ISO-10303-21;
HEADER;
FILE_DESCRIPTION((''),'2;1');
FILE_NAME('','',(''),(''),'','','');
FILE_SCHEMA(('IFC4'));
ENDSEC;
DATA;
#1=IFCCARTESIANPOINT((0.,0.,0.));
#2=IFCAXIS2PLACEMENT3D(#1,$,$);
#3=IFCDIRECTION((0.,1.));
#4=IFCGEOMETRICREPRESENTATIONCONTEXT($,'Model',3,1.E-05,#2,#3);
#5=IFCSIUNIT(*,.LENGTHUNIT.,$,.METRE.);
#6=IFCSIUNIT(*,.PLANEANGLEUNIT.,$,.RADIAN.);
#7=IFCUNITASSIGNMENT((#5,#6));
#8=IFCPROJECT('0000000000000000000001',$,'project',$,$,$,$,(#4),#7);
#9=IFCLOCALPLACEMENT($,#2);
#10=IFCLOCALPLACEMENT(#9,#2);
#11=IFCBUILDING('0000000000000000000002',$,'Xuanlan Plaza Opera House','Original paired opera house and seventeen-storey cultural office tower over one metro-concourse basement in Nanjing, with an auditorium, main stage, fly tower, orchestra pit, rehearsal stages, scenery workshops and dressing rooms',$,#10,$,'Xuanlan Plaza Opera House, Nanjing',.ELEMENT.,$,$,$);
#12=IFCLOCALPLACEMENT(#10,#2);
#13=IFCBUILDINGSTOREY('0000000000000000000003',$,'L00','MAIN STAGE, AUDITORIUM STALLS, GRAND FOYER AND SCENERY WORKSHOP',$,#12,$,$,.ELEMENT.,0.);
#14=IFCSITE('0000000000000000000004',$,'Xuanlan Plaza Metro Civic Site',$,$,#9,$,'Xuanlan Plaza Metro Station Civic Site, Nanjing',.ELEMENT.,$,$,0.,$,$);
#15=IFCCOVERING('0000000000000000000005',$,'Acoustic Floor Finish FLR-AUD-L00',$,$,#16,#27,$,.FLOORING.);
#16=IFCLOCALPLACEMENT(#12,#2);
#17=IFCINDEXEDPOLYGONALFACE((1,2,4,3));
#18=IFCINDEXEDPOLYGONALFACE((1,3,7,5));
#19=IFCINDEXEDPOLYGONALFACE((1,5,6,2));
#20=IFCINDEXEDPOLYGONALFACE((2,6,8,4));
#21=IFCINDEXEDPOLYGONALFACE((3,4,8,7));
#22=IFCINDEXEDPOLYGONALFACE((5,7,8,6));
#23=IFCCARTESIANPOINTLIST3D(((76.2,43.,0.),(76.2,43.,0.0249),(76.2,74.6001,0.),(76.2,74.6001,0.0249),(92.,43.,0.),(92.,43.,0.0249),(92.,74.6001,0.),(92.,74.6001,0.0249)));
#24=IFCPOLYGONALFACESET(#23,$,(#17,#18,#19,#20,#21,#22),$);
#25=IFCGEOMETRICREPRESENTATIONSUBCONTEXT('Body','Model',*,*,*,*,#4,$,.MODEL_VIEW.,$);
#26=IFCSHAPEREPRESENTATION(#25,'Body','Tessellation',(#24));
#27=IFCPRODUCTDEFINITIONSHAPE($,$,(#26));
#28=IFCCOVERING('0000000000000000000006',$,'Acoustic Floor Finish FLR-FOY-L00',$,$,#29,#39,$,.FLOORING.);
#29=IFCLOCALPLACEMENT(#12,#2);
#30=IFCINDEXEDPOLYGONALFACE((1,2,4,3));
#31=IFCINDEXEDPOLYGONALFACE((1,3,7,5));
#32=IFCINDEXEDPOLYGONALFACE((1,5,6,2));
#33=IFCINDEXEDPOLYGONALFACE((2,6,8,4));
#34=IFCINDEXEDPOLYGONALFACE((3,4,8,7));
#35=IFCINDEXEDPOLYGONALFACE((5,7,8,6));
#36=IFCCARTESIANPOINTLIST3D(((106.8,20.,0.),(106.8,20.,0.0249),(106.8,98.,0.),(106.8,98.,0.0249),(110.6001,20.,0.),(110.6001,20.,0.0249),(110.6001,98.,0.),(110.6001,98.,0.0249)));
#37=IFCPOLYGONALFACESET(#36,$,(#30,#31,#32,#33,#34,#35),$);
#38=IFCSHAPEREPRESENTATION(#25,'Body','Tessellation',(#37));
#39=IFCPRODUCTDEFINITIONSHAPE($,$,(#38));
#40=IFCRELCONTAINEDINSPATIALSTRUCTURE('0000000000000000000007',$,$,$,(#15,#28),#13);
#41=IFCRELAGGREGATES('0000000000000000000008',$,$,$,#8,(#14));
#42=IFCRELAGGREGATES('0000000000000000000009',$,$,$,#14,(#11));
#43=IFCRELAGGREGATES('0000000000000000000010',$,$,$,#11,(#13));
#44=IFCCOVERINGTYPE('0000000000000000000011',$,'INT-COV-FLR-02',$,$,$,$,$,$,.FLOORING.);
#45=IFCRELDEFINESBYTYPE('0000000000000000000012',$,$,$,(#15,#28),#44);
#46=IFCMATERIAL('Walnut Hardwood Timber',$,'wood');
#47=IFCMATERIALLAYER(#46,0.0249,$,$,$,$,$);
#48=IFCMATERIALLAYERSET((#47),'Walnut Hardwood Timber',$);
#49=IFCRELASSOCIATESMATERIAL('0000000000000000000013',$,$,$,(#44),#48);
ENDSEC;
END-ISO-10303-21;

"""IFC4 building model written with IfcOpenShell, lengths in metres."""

from ifc_helpers import new_model, si_unit, direction, origin, place, context, subcontext, project, spatial, polyline, outline, extrude, material, layer, layer_set, type_object, element, save


model = new_model("IFC4")

# Units and contexts
model_context = context("Model", 3, precision=1e-05, world=origin(), true_north=direction((0.0, 1.0)))
body_context = subcontext(model_context, "Body", "Model", "MODEL_VIEW")
ifc_project = project(units=[si_unit("LENGTHUNIT", "METRE"), si_unit("PLANEANGLEUNIT", "RADIAN")], contexts=[model_context])

# Site, building, storey
site_placement = place(None, origin())
site = spatial("IfcSite", under=ifc_project, at=site_placement, Name="Xuanlan Plaza Metro Civic Site", LongName="Xuanlan Plaza Metro Station Civic Site, Nanjing", CompositionType="ELEMENT", RefElevation=0.0)
building_placement = place(site_placement, origin())
building = spatial("IfcBuilding", under=site, at=building_placement, Name="Xuanlan Plaza Opera House", Description="Original paired opera house and seventeen-storey cultural office tower over one metro-concourse basement in Nanjing, with an auditorium, main stage, fly tower, orchestra pit, rehearsal stages, scenery workshops and dressing rooms", LongName="Xuanlan Plaza Opera House, Nanjing", CompositionType="ELEMENT")
storey_placement = place(building_placement, origin())
storey = spatial("IfcBuildingStorey", under=building, at=storey_placement, Name="L00", Description="MAIN STAGE, AUDITORIUM STALLS, GRAND FOYER AND SCENERY WORKSHOP", CompositionType="ELEMENT", Elevation=0.0)

# Coverings
ifc_material_1 = material(Name="Walnut Hardwood Timber", Category="wood")
ifc_layer_1 = layer(ifc_material_1, 0.0249)
ifc_layer_set_1 = layer_set([ifc_layer_1], Name="Walnut Hardwood Timber")
covering_type_1 = type_object("IfcCoveringType", Name="INT-COV-FLR-02", PredefinedType="FLOORING", material=ifc_layer_set_1)
covering_1_placement = place(storey_placement, origin())
element("IfcCovering", 1, at=covering_1_placement, inside=storey, type_object=covering_type_1, Name="Acoustic Floor Finish FLR-AUD-L00", PredefinedType="FLOORING", context=body_context, shape_type="SweptSolid", body=[
    extrude(outline(polyline([(76.2, 43.0), (92.0, 43.0), (92.0, 74.6001), (76.2, 74.6001), (76.2, 43.0)])), origin(), (0.0, 0.0, 1.0), 0.0249),
])
covering_2_placement = place(storey_placement, origin())
element("IfcCovering", 2, at=covering_2_placement, inside=storey, type_object=covering_type_1, Name="Acoustic Floor Finish FLR-FOY-L00", PredefinedType="FLOORING", context=body_context, shape_type="SweptSolid", body=[
    extrude(outline(polyline([(106.8, 20.0), (110.6001, 20.0), (110.6001, 98.0), (106.8, 98.0), (106.8, 20.0)])), origin(), (0.0, 0.0, 1.0), 0.0249),
])

save(model, "model.ifc")
